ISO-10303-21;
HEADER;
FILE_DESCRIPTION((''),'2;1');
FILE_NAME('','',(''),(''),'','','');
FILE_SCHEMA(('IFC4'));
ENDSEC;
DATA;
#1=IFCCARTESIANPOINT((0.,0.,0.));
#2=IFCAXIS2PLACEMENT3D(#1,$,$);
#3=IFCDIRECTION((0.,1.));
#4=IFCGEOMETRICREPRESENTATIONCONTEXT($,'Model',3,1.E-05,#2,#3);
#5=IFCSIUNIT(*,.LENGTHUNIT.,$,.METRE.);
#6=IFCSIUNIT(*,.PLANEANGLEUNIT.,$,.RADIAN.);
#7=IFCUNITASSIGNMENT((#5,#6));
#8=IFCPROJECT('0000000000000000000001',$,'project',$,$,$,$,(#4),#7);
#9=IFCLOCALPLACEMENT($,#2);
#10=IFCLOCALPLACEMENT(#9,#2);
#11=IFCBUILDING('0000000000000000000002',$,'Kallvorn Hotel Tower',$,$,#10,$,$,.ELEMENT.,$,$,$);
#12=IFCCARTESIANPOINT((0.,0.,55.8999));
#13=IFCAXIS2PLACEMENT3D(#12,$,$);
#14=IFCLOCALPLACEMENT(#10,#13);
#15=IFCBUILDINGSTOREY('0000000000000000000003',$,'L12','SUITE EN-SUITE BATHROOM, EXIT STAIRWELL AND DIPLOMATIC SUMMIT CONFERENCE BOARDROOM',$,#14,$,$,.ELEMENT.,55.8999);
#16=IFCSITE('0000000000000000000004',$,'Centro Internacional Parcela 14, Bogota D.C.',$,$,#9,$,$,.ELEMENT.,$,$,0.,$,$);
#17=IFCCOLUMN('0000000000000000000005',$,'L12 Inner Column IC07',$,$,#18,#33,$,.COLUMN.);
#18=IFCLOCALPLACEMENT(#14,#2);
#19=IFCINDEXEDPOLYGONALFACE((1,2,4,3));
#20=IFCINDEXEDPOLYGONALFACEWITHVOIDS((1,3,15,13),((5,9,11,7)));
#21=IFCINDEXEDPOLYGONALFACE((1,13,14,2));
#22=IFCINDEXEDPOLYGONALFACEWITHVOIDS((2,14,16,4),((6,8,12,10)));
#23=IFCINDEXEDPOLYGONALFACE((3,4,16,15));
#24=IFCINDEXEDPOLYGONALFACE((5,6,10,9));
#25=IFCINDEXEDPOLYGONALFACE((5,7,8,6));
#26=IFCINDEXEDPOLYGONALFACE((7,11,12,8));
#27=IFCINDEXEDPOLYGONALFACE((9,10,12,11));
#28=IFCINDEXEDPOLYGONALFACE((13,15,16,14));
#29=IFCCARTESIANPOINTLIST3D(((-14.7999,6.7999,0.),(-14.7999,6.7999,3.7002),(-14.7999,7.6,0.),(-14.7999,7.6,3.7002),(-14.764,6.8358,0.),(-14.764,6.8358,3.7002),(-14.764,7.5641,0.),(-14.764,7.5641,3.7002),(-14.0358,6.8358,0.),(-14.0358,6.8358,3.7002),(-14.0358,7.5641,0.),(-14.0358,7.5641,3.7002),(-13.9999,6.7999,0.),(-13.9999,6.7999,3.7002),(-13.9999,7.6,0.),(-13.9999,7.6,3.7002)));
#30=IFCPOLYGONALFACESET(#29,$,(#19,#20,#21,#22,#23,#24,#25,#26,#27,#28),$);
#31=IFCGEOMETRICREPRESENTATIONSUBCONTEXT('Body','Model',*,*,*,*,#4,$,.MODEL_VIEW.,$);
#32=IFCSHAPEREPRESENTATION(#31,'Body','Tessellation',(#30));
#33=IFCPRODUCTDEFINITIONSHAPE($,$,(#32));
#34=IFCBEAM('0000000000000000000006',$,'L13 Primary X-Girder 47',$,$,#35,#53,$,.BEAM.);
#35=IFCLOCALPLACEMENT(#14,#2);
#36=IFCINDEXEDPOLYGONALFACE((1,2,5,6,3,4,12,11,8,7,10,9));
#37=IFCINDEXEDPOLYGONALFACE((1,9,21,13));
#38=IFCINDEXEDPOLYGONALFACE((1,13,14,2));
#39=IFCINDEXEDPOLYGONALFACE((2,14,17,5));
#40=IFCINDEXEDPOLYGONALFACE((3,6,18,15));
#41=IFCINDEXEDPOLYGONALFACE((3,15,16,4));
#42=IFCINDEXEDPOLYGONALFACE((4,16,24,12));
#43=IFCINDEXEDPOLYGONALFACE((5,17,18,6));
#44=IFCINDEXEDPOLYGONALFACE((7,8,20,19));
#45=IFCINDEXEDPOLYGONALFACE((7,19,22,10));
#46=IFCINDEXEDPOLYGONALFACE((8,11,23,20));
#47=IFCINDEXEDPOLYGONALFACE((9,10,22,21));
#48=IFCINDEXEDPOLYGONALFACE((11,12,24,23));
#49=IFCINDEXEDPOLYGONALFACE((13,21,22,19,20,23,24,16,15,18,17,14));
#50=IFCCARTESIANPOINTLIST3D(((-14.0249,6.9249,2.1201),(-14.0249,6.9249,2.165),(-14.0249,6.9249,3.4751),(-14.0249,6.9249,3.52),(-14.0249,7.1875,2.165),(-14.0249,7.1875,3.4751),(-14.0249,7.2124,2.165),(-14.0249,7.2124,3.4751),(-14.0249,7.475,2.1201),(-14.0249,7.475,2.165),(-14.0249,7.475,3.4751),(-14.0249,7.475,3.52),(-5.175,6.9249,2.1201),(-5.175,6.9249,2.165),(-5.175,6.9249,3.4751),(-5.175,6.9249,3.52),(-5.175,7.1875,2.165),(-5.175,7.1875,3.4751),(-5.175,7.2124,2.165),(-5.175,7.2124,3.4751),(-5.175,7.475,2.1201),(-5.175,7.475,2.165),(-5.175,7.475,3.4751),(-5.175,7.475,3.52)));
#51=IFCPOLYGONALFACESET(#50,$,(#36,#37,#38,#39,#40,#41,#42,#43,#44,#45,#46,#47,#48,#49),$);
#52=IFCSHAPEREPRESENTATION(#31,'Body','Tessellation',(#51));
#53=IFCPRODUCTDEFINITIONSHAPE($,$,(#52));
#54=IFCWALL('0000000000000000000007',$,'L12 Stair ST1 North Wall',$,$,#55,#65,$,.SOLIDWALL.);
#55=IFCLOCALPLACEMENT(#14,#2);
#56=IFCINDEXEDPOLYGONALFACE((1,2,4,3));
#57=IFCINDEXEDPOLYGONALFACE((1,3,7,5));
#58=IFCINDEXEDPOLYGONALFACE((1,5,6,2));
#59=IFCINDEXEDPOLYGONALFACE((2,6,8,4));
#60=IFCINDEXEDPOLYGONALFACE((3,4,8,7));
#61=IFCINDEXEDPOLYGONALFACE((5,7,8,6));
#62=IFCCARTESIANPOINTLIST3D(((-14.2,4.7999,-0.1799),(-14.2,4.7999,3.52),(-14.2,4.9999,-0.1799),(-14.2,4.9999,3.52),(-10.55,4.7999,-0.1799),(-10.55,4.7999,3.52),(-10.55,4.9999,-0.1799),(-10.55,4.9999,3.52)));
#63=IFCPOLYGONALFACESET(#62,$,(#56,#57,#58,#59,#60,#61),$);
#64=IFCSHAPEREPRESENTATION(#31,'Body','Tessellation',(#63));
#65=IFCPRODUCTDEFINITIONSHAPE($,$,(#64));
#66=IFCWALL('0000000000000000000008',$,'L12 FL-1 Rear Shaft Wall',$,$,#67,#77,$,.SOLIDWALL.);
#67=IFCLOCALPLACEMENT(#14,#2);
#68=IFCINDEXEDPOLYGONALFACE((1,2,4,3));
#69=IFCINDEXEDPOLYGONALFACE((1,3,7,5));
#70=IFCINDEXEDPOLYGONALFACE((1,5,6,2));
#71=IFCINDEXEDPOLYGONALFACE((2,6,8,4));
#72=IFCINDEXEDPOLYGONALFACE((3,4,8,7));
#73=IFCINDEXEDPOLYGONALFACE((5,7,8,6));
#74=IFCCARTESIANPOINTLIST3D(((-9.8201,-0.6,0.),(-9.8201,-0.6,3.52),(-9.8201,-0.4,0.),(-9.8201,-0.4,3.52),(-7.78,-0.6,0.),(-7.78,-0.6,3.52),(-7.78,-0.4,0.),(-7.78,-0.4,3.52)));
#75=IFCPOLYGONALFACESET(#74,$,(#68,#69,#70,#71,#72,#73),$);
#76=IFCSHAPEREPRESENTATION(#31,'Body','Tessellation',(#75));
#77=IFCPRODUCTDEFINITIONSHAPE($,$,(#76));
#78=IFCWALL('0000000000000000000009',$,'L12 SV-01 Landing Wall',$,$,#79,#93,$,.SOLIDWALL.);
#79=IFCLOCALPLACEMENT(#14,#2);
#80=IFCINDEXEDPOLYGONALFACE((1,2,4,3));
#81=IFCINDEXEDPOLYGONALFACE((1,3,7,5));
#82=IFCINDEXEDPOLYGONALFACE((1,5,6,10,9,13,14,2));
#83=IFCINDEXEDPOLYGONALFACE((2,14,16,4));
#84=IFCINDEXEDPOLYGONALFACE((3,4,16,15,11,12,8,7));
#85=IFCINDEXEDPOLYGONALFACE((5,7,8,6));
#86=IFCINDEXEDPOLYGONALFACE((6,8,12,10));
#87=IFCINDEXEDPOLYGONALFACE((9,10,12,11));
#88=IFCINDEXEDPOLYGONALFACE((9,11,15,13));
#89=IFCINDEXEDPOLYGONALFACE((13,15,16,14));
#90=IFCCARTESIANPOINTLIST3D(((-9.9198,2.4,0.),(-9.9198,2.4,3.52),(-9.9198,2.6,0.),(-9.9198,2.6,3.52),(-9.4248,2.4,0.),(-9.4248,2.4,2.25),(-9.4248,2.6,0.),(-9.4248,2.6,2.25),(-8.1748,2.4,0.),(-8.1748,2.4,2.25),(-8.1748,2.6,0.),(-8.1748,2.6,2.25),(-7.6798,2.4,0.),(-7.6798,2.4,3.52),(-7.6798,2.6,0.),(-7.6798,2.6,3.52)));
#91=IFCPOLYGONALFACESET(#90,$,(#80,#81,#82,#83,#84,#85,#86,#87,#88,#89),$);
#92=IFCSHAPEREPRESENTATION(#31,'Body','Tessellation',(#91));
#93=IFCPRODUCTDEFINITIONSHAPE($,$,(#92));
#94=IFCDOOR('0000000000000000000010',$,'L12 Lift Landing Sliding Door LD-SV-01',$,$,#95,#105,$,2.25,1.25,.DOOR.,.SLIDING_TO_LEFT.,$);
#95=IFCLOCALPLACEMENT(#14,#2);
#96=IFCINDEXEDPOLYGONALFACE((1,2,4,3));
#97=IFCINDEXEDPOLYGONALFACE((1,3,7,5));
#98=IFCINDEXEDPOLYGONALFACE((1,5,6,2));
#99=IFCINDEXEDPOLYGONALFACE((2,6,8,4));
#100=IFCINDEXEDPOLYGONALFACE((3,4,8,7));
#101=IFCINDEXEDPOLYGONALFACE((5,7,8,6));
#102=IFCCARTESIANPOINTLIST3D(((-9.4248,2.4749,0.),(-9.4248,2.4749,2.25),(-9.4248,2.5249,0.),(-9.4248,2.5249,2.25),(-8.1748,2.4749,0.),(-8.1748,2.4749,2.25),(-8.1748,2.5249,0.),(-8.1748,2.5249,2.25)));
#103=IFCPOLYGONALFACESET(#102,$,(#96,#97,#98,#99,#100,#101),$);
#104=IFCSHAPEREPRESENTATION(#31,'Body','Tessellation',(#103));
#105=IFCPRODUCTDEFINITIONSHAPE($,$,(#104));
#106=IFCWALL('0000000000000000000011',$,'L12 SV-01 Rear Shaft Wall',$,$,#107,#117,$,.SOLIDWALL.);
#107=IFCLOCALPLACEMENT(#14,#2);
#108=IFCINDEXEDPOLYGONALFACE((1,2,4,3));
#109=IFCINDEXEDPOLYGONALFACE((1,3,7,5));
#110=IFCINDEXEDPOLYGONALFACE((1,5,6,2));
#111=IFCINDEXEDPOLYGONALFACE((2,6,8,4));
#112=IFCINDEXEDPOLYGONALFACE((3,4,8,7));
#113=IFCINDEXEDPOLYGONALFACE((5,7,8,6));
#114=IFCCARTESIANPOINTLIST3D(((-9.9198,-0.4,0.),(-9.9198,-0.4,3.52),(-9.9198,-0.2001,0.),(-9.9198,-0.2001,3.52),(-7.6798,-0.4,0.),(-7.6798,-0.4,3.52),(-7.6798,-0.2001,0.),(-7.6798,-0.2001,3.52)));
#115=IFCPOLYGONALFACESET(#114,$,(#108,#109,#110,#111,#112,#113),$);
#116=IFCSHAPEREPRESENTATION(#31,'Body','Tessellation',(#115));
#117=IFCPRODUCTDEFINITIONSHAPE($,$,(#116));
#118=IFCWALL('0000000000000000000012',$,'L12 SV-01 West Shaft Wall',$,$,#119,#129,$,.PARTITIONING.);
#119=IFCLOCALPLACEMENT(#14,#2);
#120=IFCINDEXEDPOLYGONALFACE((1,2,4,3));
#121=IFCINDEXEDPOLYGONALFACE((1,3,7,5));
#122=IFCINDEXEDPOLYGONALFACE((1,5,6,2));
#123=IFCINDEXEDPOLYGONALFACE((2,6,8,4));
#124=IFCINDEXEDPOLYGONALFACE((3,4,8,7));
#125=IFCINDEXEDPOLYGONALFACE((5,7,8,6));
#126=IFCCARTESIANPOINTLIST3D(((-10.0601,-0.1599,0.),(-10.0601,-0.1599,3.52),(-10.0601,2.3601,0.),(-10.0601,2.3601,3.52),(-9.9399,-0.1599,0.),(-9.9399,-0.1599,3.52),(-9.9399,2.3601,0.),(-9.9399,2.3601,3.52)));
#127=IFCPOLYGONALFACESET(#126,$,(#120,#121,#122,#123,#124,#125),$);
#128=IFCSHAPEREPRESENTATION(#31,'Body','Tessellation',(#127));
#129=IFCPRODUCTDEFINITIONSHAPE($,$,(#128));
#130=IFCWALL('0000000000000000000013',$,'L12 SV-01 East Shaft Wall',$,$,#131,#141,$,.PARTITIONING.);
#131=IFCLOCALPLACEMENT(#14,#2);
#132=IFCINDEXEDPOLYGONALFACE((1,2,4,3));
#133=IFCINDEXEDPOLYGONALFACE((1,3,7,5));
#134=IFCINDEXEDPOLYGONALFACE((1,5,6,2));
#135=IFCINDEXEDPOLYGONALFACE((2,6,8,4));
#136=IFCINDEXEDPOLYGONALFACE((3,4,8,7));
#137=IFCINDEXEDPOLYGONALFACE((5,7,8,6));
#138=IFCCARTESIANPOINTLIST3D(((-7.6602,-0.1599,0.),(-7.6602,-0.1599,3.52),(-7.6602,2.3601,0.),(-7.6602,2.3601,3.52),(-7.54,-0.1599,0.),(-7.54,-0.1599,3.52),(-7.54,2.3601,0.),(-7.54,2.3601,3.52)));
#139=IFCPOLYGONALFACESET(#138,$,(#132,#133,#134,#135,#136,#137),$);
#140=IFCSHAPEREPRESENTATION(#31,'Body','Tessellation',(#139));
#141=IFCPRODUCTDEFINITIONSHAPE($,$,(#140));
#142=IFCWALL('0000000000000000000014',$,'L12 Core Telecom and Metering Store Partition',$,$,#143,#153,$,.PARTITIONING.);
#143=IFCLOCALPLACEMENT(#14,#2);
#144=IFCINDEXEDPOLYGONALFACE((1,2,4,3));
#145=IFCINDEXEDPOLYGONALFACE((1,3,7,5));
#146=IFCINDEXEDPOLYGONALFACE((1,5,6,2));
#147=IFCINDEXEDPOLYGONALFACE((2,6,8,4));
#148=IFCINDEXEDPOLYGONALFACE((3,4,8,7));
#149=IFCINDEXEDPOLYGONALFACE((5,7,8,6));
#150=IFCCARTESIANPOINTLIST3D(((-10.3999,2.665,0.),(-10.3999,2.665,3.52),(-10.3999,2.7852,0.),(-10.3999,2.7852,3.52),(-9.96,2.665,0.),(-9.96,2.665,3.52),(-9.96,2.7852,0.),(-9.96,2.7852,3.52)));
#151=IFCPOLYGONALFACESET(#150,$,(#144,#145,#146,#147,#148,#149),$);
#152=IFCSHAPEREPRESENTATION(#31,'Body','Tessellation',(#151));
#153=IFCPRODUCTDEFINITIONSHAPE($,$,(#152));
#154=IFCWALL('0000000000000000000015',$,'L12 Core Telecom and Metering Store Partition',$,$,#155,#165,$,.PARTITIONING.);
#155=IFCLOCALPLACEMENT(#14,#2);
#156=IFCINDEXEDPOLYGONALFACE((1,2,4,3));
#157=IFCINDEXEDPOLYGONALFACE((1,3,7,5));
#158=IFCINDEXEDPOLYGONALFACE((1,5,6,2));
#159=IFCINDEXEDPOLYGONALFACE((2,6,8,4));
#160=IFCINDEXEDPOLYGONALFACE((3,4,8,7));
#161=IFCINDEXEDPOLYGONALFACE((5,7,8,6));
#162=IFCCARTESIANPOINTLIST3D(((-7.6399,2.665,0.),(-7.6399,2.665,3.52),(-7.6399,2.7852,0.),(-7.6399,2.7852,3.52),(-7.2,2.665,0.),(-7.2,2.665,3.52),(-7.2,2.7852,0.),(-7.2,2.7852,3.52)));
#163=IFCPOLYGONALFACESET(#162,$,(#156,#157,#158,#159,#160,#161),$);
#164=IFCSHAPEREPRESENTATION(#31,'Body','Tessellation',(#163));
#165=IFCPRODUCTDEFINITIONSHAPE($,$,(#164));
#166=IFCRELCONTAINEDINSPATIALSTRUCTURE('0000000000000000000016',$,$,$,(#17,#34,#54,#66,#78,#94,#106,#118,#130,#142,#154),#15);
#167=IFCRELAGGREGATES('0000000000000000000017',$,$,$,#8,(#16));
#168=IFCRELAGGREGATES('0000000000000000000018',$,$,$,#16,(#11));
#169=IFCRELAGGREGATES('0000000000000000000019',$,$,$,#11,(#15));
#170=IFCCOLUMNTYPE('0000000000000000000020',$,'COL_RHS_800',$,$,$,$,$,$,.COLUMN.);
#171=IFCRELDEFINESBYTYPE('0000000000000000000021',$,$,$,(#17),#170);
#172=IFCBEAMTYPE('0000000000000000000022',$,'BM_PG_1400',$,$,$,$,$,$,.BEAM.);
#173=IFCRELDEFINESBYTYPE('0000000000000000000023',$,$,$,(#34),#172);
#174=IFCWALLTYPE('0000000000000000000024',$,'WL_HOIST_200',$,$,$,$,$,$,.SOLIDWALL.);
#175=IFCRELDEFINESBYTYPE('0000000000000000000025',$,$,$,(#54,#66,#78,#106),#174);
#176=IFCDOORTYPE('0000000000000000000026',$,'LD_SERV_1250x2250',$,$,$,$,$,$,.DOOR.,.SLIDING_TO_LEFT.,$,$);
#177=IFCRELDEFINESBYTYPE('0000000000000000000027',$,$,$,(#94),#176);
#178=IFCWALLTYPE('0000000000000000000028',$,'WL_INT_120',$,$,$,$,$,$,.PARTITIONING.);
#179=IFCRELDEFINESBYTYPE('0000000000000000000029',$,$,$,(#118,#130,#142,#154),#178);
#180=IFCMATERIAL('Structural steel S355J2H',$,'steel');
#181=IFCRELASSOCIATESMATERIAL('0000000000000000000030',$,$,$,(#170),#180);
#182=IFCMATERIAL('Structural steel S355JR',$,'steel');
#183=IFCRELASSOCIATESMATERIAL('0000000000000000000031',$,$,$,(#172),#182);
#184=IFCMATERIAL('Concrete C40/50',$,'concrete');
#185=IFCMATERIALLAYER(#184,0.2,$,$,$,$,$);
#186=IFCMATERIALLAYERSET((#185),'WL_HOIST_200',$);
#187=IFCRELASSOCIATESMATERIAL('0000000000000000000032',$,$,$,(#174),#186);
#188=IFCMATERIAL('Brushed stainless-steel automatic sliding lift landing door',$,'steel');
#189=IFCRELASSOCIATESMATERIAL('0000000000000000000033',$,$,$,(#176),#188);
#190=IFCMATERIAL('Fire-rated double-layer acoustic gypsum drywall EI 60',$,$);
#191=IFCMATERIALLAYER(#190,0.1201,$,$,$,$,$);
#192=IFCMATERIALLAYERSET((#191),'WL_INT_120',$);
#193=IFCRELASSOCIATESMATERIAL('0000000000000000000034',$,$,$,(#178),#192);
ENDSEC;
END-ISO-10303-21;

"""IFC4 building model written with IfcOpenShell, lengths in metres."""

from ifc_helpers import new_model, si_unit, direction, frame, frame_2d, origin, origin_2d, place, context, subcontext, project, spatial, rectangle, hollow_rectangle, i_section, extrude, material, layer, layer_set, material_profile, profile_set, type_object, element, fill, save


model = new_model("IFC4")

# Units and contexts
model_context = context("Model", 3, precision=1e-05, world=origin(), true_north=direction((0.0, 1.0)))
body_context = subcontext(model_context, "Body", "Model", "MODEL_VIEW")
ifc_project = project(units=[si_unit("LENGTHUNIT", "METRE"), si_unit("PLANEANGLEUNIT", "RADIAN")], contexts=[model_context])

# Site, building, storey
site_placement = place(None, origin())
site = spatial("IfcSite", under=ifc_project, at=site_placement, Name="Centro Internacional Parcela 14, Bogota D.C.", CompositionType="ELEMENT", RefElevation=0.0)
building_placement = place(site_placement, origin())
building = spatial("IfcBuilding", under=site, at=building_placement, Name="Kallvorn Hotel Tower", CompositionType="ELEMENT")
storey_placement = place(building_placement, frame((0.0, 0.0, 55.8999)))
storey = spatial("IfcBuildingStorey", under=building, at=storey_placement, Name="L12", Description="SUITE EN-SUITE BATHROOM, EXIT STAIRWELL AND DIPLOMATIC SUMMIT CONFERENCE BOARDROOM", CompositionType="ELEMENT", Elevation=55.8999)

# Column
ifc_material_1 = material(Name="Structural steel S355J2H", Category="steel")
ifc_material_profile_1 = material_profile(ifc_material_1, hollow_rectangle(XDim=0.8, YDim=0.8, WallThickness=0.0359, at=origin_2d()), Name="RHS 800x800x36")
ifc_profile_set_1 = profile_set([ifc_material_profile_1], Name="Structural steel S355J2H")
column_type = type_object("IfcColumnType", Name="COL_RHS_800", PredefinedType="COLUMN", material=ifc_profile_set_1)
column_placement = place(storey_placement, frame((-14.3999, 7.2, 0.0), z_axis=(0.0, 0.0, 1.0), x_axis=(1.0, 0.0, 0.0)))
element("IfcColumn", 1, at=column_placement, inside=storey, type_object=column_type, Name="L12 Inner Column IC07", PredefinedType="COLUMN", context=body_context, shape_type="SweptSolid", body=[
    extrude(hollow_rectangle(XDim=0.8, YDim=0.8, WallThickness=0.0359, at=origin_2d()), origin(), (0.0, 0.0, 1.0), 3.7002),
])

# Beam
ifc_material_2 = material(Name="Structural steel S355JR", Category="steel")
ifc_material_profile_2 = material_profile(ifc_material_2, i_section(OverallWidth=0.55, OverallDepth=1.3999, WebThickness=0.0249, FlangeThickness=0.0449, at=origin_2d()), Name="PG 1400x550x25x45")
ifc_profile_set_2 = profile_set([ifc_material_profile_2], Name="Structural steel S355JR")
beam_type = type_object("IfcBeamType", Name="BM_PG_1400", PredefinedType="BEAM", material=ifc_profile_set_2)
beam_placement = place(storey_placement, frame((-14.0249, 7.2, 2.8201), z_axis=(1.0, 0.0, 0.0), x_axis=(0.0, 1.0, 0.0)))
element("IfcBeam", 2, at=beam_placement, inside=storey, type_object=beam_type, Name="L13 Primary X-Girder 47", PredefinedType="BEAM", context=body_context, shape_type="SweptSolid", body=[
    extrude(i_section(OverallWidth=0.55, OverallDepth=1.3999, WebThickness=0.0249, FlangeThickness=0.0449, at=origin_2d()), origin(), (0.0, 0.0, 1.0), 8.8499),
])

# Walls
ifc_material_3 = material(Name="Concrete C40/50", Category="concrete")
ifc_layer_1 = layer(ifc_material_3, 0.2)
ifc_layer_set_1 = layer_set([ifc_layer_1], Name="WL_HOIST_200")
wall_type_1 = type_object("IfcWallType", Name="WL_HOIST_200", PredefinedType="SOLIDWALL", material=ifc_layer_set_1)
wall_1_placement = place(storey_placement, frame((-14.2, 4.8999, -0.1799), z_axis=(0.0, 0.0, 1.0), x_axis=(1.0, 0.0, 0.0)))
element("IfcWall", 3, at=wall_1_placement, inside=storey, type_object=wall_type_1, Name="L12 Stair ST1 North Wall", PredefinedType="SOLIDWALL", context=body_context, shape_type="SweptSolid", body=[
    extrude(rectangle(XDim=3.6499, YDim=0.2, at=frame_2d((1.825, 0.0))), origin(), (0.0, 0.0, 1.0), 3.7),
])
wall_2_placement = place(storey_placement, frame((-9.8201, -0.5, 0.0), z_axis=(0.0, 0.0, 1.0), x_axis=(1.0, 0.0, 0.0)))
element("IfcWall", 4, at=wall_2_placement, inside=storey, type_object=wall_type_1, Name="L12 FL-1 Rear Shaft Wall", PredefinedType="SOLIDWALL", context=body_context, shape_type="SweptSolid", body=[
    extrude(rectangle(XDim=2.04, YDim=0.2, at=frame_2d((1.02, 0.0))), origin(), (0.0, 0.0, 1.0), 3.52),
])

# Wall, opening, door
wall_3_placement = place(storey_placement, frame((-9.9199, 2.5, 0.0), z_axis=(0.0, 0.0, 1.0), x_axis=(1.0, 0.0, 0.0)))
wall_3 = element("IfcWall", 5, at=wall_3_placement, inside=storey, type_object=wall_type_1, Name="L12 SV-01 Landing Wall", PredefinedType="SOLIDWALL", context=body_context, shape_type="SweptSolid", body=[
    extrude(rectangle(XDim=2.24, YDim=0.2, at=frame_2d((1.1201, 0.0))), origin(), (0.0, 0.0, 1.0), 3.52),
])
opening_1_placement = place(wall_3_placement, frame((0.4951, 0.0, 0.0)))
opening_1 = element("IfcOpeningElement", 6, at=opening_1_placement, cuts=wall_3, PredefinedType="OPENING", context=body_context, shape_type="SweptSolid", body=[
    extrude(rectangle(XDim=1.25, YDim=2.25, at=frame_2d((0.625, 1.125))), frame((0.0, 0.115, 0.0), z_axis=(0.0, -1.0, 0.0), x_axis=(1.0, 0.0, 0.0)), (0.0, 0.0, 1.0), 0.23),
])
ifc_material_4 = material(Name="Brushed stainless-steel automatic sliding lift landing door", Category="steel")
door_type_1 = type_object("IfcDoorType", Name="LD_SERV_1250x2250", OperationType="SLIDING_TO_LEFT", PredefinedType="DOOR", material=ifc_material_4)
door_1_placement = place(opening_1_placement, origin())
door_1 = element("IfcDoor", 7, at=door_1_placement, inside=storey, type_object=door_type_1, Name="L12 Lift Landing Sliding Door LD-SV-01", OperationType="SLIDING_TO_LEFT", OverallHeight=2.25, OverallWidth=1.25, PredefinedType="DOOR", context=body_context, shape_type="SweptSolid", body=[
    extrude(rectangle(XDim=1.25, YDim=2.25, at=frame_2d((0.625, 1.125))), frame((0.0, 0.0249, 0.0), z_axis=(0.0, -1.0, 0.0), x_axis=(1.0, 0.0, 0.0)), (0.0, 0.0, 1.0), 0.05),
])
fill(opening_1, door_1)

# Walls
wall_4_placement = place(storey_placement, frame((-9.9199, -0.3, 0.0), z_axis=(0.0, 0.0, 1.0), x_axis=(1.0, 0.0, 0.0)))
element("IfcWall", 8, at=wall_4_placement, inside=storey, type_object=wall_type_1, Name="L12 SV-01 Rear Shaft Wall", PredefinedType="SOLIDWALL", context=body_context, shape_type="SweptSolid", body=[
    extrude(rectangle(XDim=2.24, YDim=0.2, at=frame_2d((1.1201, 0.0))), origin(), (0.0, 0.0, 1.0), 3.52),
])
ifc_material_5 = material(Name="Fire-rated double-layer acoustic gypsum drywall EI 60")
ifc_layer_2 = layer(ifc_material_5, 0.1201)
ifc_layer_set_2 = layer_set([ifc_layer_2], Name="WL_INT_120")
wall_type_2 = type_object("IfcWallType", Name="WL_INT_120", PredefinedType="PARTITIONING", material=ifc_layer_set_2)
for number, where, z_axis, x_axis, name in (
    (9, (-10.0, -0.1599, 0.0), (0.0, 0.0, 1.0), (0.0, 1.0, 0.0), "L12 SV-01 West Shaft Wall"),
    (10, (-7.6001, -0.1599, 0.0), (0.0, 0.0, 1.0), (0.0, 1.0, 0.0), "L12 SV-01 East Shaft Wall"),
):
    element("IfcWall", number, at=place(storey_placement, frame(where, z_axis=z_axis, x_axis=x_axis)), inside=storey, type_object=wall_type_2, Name=name, PredefinedType="PARTITIONING", context=body_context, shape_type="SweptSolid", body=[
        extrude(rectangle(XDim=2.52, YDim=0.1201, at=frame_2d((1.26, 0.0))), origin(), (0.0, 0.0, 1.0), 3.52),
    ])
for number, where, z_axis, x_axis, name in (
    (11, (-10.3999, 2.7251, 0.0), (0.0, 0.0, 1.0), (1.0, 0.0, 0.0), "L12 Core Telecom and Metering Store Partition"),
    (12, (-7.6399, 2.7251, 0.0), (0.0, 0.0, 1.0), (1.0, 0.0, 0.0), "L12 Core Telecom and Metering Store Partition"),
):
    element("IfcWall", number, at=place(storey_placement, frame(where, z_axis=z_axis, x_axis=x_axis)), inside=storey, type_object=wall_type_2, Name=name, PredefinedType="PARTITIONING", context=body_context, shape_type="SweptSolid", body=[
        extrude(rectangle(XDim=0.4399, YDim=0.1201, at=frame_2d((0.22, 0.0))), origin(), (0.0, 0.0, 1.0), 3.52),
    ])

save(model, "model.ifc")
